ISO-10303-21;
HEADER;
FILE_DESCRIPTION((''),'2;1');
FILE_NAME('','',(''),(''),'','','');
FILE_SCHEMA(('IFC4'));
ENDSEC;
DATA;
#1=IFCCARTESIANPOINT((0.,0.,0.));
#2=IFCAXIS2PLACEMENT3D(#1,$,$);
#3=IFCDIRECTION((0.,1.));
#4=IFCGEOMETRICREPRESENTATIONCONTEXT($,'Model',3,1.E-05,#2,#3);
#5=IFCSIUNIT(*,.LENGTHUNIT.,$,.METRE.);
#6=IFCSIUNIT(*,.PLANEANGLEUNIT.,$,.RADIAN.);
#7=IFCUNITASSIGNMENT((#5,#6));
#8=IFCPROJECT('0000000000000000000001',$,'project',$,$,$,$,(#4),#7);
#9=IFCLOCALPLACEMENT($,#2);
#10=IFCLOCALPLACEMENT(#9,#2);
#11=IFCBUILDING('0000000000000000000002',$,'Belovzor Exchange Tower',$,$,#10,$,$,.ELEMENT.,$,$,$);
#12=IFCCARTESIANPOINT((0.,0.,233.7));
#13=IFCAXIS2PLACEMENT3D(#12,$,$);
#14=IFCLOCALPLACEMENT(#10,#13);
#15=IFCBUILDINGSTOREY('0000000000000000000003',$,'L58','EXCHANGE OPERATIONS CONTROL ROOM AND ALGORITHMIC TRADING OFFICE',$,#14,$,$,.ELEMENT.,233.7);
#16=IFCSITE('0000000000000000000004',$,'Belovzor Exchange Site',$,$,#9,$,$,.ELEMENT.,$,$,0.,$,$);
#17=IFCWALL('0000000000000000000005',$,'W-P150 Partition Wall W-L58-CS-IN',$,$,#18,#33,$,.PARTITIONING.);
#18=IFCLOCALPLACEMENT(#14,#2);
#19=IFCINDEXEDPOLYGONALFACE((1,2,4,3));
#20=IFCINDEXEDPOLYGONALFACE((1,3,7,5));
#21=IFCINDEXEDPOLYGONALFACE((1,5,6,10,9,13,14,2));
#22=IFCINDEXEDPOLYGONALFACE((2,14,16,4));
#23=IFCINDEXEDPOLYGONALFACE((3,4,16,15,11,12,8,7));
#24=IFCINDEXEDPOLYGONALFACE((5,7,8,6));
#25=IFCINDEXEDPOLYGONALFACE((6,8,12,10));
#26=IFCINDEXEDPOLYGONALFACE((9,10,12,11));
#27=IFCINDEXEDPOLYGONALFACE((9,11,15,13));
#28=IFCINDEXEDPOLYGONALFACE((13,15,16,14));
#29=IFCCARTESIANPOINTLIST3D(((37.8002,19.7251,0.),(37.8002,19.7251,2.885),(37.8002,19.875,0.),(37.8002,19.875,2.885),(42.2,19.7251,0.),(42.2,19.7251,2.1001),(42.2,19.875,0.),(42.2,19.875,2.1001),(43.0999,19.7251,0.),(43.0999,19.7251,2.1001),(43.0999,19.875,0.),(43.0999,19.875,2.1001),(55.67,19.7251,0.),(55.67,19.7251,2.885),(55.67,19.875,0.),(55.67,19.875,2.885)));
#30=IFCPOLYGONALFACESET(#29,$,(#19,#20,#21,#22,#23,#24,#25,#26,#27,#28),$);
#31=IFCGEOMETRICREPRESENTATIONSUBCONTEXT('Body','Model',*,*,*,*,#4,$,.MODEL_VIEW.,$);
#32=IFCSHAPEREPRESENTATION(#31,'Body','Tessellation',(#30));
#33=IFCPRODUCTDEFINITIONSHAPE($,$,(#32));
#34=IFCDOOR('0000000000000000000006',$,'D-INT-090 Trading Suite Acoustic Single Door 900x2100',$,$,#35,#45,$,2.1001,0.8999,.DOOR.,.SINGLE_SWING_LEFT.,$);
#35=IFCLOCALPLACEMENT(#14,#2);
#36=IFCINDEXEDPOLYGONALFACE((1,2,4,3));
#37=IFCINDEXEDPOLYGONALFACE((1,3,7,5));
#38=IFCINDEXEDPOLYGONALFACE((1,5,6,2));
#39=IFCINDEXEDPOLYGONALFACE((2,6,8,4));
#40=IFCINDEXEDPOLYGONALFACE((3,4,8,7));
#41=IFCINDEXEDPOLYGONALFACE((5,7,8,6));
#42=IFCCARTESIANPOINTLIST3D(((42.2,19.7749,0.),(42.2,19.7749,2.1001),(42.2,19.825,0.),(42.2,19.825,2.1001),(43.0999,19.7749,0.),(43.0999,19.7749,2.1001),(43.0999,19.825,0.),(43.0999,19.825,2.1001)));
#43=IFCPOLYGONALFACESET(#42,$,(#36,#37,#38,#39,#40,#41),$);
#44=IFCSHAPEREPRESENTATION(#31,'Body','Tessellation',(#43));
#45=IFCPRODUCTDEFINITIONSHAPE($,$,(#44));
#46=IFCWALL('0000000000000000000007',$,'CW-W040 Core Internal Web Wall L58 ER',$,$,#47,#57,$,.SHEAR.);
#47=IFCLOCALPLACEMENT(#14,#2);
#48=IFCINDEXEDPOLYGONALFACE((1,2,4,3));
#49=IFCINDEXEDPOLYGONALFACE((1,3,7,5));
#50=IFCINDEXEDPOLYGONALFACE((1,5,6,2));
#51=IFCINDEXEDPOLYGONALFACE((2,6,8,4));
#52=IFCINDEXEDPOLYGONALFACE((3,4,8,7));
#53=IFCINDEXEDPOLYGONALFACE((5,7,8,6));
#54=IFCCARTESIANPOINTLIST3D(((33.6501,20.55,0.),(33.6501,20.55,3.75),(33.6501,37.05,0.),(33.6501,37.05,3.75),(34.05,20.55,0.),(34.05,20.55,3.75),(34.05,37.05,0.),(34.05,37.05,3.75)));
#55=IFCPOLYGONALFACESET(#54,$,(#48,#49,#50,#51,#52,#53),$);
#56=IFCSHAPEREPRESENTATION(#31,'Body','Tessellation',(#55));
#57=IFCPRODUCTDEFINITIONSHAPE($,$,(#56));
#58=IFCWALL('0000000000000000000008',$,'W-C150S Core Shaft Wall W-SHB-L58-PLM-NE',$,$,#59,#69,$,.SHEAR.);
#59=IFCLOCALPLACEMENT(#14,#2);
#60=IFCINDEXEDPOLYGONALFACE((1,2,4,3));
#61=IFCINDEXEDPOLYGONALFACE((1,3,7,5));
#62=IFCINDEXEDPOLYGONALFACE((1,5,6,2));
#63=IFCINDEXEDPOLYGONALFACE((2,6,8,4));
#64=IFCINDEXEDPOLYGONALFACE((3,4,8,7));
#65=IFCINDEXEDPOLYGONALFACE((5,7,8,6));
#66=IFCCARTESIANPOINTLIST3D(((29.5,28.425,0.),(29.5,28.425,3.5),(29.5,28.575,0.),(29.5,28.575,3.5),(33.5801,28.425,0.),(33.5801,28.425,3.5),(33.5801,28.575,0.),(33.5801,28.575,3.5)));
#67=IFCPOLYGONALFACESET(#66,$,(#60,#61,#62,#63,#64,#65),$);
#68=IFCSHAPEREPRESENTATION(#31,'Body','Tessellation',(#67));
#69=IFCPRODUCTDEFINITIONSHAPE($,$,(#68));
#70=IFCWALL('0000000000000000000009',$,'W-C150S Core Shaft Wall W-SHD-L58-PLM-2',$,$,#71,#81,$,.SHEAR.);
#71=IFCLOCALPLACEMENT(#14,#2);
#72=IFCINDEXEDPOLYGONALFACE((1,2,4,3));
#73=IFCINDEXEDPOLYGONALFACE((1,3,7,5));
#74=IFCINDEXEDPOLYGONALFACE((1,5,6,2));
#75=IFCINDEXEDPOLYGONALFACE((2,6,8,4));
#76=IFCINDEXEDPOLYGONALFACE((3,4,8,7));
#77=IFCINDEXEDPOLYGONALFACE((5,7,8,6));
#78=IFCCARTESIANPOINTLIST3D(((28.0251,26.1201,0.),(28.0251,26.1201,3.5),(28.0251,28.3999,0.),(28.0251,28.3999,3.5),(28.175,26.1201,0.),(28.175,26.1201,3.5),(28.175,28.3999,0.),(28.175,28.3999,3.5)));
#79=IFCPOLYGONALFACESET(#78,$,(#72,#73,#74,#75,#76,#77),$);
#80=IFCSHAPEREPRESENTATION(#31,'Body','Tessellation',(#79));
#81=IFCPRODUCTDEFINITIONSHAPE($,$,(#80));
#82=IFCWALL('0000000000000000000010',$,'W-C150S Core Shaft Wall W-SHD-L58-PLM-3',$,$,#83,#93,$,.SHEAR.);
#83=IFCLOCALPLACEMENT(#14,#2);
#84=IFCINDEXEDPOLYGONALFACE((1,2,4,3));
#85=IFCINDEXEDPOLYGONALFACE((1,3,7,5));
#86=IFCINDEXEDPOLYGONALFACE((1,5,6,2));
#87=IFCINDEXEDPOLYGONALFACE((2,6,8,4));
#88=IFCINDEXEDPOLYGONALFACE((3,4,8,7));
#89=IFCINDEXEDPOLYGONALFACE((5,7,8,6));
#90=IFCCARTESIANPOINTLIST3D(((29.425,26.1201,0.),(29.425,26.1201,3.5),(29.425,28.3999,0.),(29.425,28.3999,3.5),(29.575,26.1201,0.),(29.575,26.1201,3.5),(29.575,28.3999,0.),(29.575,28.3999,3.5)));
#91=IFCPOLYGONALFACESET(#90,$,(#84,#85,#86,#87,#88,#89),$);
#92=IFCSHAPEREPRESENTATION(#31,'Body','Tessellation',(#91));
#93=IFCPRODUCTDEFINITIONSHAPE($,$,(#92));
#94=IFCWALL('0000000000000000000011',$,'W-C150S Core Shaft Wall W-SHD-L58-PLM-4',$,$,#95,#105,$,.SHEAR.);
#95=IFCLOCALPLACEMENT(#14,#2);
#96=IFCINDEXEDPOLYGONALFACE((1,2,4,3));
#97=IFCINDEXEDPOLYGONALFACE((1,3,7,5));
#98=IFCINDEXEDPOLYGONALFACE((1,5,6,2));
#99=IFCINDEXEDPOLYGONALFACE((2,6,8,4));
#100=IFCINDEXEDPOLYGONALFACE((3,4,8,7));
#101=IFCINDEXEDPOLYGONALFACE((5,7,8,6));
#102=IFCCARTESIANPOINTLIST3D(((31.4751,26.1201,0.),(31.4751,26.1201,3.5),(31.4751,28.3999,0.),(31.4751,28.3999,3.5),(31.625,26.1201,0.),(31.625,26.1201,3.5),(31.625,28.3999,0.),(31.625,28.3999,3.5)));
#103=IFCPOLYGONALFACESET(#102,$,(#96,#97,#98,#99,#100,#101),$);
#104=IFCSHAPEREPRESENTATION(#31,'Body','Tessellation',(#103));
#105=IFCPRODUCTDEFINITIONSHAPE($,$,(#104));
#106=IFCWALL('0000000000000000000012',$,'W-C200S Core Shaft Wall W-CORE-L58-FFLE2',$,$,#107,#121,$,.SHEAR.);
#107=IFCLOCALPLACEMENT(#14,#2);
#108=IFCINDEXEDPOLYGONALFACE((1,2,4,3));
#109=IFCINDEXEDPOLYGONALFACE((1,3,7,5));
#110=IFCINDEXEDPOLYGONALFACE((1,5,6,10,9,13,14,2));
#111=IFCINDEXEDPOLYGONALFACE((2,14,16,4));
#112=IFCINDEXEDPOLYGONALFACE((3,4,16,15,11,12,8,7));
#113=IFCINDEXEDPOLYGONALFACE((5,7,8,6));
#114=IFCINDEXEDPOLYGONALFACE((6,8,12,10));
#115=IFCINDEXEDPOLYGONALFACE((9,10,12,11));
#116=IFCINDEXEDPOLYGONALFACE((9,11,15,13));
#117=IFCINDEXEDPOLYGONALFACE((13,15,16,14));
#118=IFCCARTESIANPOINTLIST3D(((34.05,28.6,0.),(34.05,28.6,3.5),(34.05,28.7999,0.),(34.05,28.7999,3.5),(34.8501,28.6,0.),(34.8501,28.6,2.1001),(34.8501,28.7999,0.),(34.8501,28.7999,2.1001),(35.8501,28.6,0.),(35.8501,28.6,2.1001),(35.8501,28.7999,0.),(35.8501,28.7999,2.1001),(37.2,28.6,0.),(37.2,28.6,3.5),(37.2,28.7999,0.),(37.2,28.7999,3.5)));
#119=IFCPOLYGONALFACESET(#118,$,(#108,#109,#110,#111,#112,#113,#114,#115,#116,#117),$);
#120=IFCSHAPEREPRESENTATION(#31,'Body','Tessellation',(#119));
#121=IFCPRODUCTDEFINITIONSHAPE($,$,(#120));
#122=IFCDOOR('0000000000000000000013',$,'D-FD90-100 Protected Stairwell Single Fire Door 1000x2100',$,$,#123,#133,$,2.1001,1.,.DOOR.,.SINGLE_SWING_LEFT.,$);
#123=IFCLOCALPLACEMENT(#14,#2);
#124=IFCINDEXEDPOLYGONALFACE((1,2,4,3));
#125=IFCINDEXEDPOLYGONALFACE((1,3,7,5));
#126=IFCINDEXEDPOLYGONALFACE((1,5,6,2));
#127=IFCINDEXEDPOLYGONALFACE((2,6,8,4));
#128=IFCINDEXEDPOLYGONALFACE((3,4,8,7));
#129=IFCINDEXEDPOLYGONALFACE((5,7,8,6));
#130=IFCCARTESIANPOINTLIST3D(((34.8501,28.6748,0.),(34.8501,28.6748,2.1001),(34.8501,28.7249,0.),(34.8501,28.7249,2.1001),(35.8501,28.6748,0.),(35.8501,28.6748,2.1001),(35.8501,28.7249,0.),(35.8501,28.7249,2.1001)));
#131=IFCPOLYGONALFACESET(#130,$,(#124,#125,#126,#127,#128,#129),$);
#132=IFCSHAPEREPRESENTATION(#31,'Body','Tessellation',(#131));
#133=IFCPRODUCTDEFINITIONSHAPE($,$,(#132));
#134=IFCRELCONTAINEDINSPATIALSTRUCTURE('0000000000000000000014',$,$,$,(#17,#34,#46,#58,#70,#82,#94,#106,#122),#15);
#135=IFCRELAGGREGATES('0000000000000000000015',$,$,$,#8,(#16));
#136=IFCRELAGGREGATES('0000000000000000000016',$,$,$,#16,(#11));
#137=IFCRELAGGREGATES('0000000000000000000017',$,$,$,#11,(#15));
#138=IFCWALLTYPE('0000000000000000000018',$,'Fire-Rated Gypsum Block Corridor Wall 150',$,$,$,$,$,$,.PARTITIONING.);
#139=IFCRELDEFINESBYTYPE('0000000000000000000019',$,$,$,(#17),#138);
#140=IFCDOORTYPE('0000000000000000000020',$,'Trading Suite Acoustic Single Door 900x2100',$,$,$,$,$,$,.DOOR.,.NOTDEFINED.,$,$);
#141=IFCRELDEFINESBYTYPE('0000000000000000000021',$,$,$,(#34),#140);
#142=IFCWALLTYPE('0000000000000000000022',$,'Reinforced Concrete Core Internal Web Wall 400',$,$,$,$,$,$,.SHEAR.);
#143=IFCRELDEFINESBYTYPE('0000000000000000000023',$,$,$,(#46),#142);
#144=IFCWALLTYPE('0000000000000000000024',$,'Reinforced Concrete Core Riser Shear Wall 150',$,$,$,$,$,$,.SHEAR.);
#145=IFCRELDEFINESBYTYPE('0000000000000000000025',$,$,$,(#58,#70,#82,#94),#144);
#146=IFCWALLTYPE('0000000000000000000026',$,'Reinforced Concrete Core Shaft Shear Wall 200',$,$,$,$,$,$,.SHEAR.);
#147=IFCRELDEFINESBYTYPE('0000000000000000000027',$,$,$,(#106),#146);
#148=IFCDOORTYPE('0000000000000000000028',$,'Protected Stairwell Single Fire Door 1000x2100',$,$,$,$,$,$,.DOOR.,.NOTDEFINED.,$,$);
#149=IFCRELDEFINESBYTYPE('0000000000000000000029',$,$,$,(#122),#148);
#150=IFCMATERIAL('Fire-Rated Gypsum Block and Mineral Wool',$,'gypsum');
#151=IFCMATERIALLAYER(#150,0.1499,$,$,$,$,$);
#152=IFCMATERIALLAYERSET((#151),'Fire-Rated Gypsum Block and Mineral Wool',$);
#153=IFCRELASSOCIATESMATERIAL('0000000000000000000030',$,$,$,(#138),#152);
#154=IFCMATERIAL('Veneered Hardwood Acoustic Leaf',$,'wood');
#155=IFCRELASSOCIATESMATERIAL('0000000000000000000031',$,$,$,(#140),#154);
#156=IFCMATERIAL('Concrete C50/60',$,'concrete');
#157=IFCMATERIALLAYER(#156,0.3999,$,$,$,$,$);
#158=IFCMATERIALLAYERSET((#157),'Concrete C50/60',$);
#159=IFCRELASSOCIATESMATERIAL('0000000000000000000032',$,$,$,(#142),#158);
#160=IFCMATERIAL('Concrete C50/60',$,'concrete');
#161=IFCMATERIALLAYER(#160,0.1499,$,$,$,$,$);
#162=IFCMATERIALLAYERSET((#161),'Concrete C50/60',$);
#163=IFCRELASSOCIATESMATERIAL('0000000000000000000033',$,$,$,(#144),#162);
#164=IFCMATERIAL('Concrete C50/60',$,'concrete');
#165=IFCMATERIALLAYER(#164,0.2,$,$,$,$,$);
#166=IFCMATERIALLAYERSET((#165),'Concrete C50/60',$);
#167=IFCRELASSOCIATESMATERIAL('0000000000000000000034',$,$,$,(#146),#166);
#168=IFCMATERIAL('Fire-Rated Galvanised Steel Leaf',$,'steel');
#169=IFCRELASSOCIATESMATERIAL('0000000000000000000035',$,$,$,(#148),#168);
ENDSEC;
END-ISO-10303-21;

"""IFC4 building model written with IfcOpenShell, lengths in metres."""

from ifc_helpers import new_model, si_unit, direction, frame, frame_2d, origin, place, context, subcontext, project, spatial, rectangle, extrude, material, layer, layer_set, type_object, element, fill, save


model = new_model("IFC4")

# Units and contexts
model_context = context("Model", 3, precision=1e-05, world=origin(), true_north=direction((0.0, 1.0)))
body_context = subcontext(model_context, "Body", "Model", "MODEL_VIEW")
ifc_project = project(units=[si_unit("LENGTHUNIT", "METRE"), si_unit("PLANEANGLEUNIT", "RADIAN")], contexts=[model_context])

# Site, building, storey
site_placement = place(None, origin())
site = spatial("IfcSite", under=ifc_project, at=site_placement, Name="Belovzor Exchange Site", CompositionType="ELEMENT", RefElevation=0.0)
building_placement = place(site_placement, origin())
building = spatial("IfcBuilding", under=site, at=building_placement, Name="Belovzor Exchange Tower", CompositionType="ELEMENT")
storey_placement = place(building_placement, frame((0.0, 0.0, 233.7)))
storey = spatial("IfcBuildingStorey", under=building, at=storey_placement, Name="L58", Description="EXCHANGE OPERATIONS CONTROL ROOM AND ALGORITHMIC TRADING OFFICE", CompositionType="ELEMENT", Elevation=233.7)

# Shared definitions
ifc_material_1 = material(Name="Fire-Rated Gypsum Block and Mineral Wool", Category="gypsum")
ifc_layer_1 = layer(ifc_material_1, 0.1499)
ifc_layer_set_1 = layer_set([ifc_layer_1], Name="Fire-Rated Gypsum Block and Mineral Wool")
wall_type_1 = type_object("IfcWallType", Name="Fire-Rated Gypsum Block Corridor Wall 150", PredefinedType="PARTITIONING", material=ifc_layer_set_1)

# Wall, opening, door
wall_1_placement = place(storey_placement, frame((37.8, 19.8, 0.0), z_axis=(0.0, 0.0, 1.0), x_axis=(1.0, 0.0, 0.0)))
wall_1 = element("IfcWall", 1, at=wall_1_placement, inside=storey, type_object=wall_type_1, Name="W-P150 Partition Wall W-L58-CS-IN", PredefinedType="PARTITIONING", context=body_context, shape_type="SweptSolid", body=[
    extrude(rectangle(XDim=17.8699, YDim=0.1499, at=frame_2d((8.9351, 0.0))), origin(), (0.0, 0.0, 1.0), 2.885),
])
opening_1_placement = place(wall_1_placement, frame((4.3999, 0.0, 0.0)))
opening_1 = element("IfcOpeningElement", 2, at=opening_1_placement, cuts=wall_1, PredefinedType="OPENING", context=body_context, shape_type="SweptSolid", body=[
    extrude(rectangle(XDim=0.8999, YDim=2.1001, at=frame_2d((0.45, 1.05))), frame((0.0, 0.085, 0.0), z_axis=(0.0, -1.0, 0.0), x_axis=(1.0, 0.0, 0.0)), (0.0, 0.0, 1.0), 0.1699),
])
ifc_material_2 = material(Name="Veneered Hardwood Acoustic Leaf", Category="wood")
door_type_1 = type_object("IfcDoorType", Name="Trading Suite Acoustic Single Door 900x2100", OperationType="NOTDEFINED", PredefinedType="DOOR", material=ifc_material_2)
door_1_placement = place(opening_1_placement, origin())
door_1 = element("IfcDoor", 3, at=door_1_placement, inside=storey, type_object=door_type_1, Name="D-INT-090 Trading Suite Acoustic Single Door 900x2100", OperationType="SINGLE_SWING_LEFT", OverallHeight=2.1001, OverallWidth=0.8999, PredefinedType="DOOR", context=body_context, shape_type="SweptSolid", body=[
    extrude(rectangle(XDim=0.8999, YDim=2.1001, at=frame_2d((0.45, 1.05))), frame((0.0, 0.0249, 0.0), z_axis=(0.0, -1.0, 0.0), x_axis=(1.0, 0.0, 0.0)), (0.0, 0.0, 1.0), 0.05),
])
fill(opening_1, door_1)

# Walls
ifc_material_3 = material(Name="Concrete C50/60", Category="concrete")
ifc_layer_2 = layer(ifc_material_3, 0.3999)
ifc_layer_set_2 = layer_set([ifc_layer_2], Name="Concrete C50/60")
wall_type_2 = type_object("IfcWallType", Name="Reinforced Concrete Core Internal Web Wall 400", PredefinedType="SHEAR", material=ifc_layer_set_2)
wall_2_placement = place(storey_placement, frame((33.8501, 20.55, 0.0), z_axis=(0.0, 0.0, 1.0), x_axis=(0.0, 1.0, 0.0)))
element("IfcWall", 4, at=wall_2_placement, inside=storey, type_object=wall_type_2, Name="CW-W040 Core Internal Web Wall L58 ER", PredefinedType="SHEAR", context=body_context, shape_type="SweptSolid", body=[
    extrude(rectangle(XDim=16.5, YDim=0.3999, at=frame_2d((8.25, 0.0))), origin(), (0.0, 0.0, 1.0), 3.75),
])
ifc_material_4 = material(Name="Concrete C50/60", Category="concrete")
ifc_layer_3 = layer(ifc_material_4, 0.1499)
ifc_layer_set_3 = layer_set([ifc_layer_3], Name="Concrete C50/60")
wall_type_3 = type_object("IfcWallType", Name="Reinforced Concrete Core Riser Shear Wall 150", PredefinedType="SHEAR", material=ifc_layer_set_3)
wall_3_placement = place(storey_placement, frame((29.5, 28.5, 0.0), z_axis=(0.0, 0.0, 1.0), x_axis=(1.0, 0.0, 0.0)))
element("IfcWall", 5, at=wall_3_placement, inside=storey, type_object=wall_type_3, Name="W-C150S Core Shaft Wall W-SHB-L58-PLM-NE", PredefinedType="SHEAR", context=body_context, shape_type="SweptSolid", body=[
    extrude(rectangle(XDim=4.0801, YDim=0.1499, at=frame_2d((2.04, 0.0))), origin(), (0.0, 0.0, 1.0), 3.5),
])
for number, where, z_axis, x_axis, name in (
    (6, (28.1001, 26.1201, 0.0), (0.0, 0.0, 1.0), (0.0, 1.0, 0.0), "W-C150S Core Shaft Wall W-SHD-L58-PLM-2"),
    (7, (29.5, 26.1201, 0.0), (0.0, 0.0, 1.0), (0.0, 1.0, 0.0), "W-C150S Core Shaft Wall W-SHD-L58-PLM-3"),
    (8, (31.55, 26.1201, 0.0), (0.0, 0.0, 1.0), (0.0, 1.0, 0.0), "W-C150S Core Shaft Wall W-SHD-L58-PLM-4"),
):
    element("IfcWall", number, at=place(storey_placement, frame(where, z_axis=z_axis, x_axis=x_axis)), inside=storey, type_object=wall_type_3, Name=name, PredefinedType="SHEAR", context=body_context, shape_type="SweptSolid", body=[
        extrude(rectangle(XDim=2.2798, YDim=0.1499, at=frame_2d((1.1399, 0.0))), origin(), (0.0, 0.0, 1.0), 3.5),
    ])

# Wall, opening, door
ifc_material_5 = material(Name="Concrete C50/60", Category="concrete")
ifc_layer_4 = layer(ifc_material_5, 0.2)
ifc_layer_set_4 = layer_set([ifc_layer_4], Name="Concrete C50/60")
wall_type_4 = type_object("IfcWallType", Name="Reinforced Concrete Core Shaft Shear Wall 200", PredefinedType="SHEAR", material=ifc_layer_set_4)
wall_4_placement = place(storey_placement, frame((34.05, 28.7, 0.0), z_axis=(0.0, 0.0, 1.0), x_axis=(1.0, 0.0, 0.0)))
wall_4 = element("IfcWall", 9, at=wall_4_placement, inside=storey, type_object=wall_type_4, Name="W-C200S Core Shaft Wall W-CORE-L58-FFLE2", PredefinedType="SHEAR", context=body_context, shape_type="SweptSolid", body=[
    extrude(rectangle(XDim=3.1499, YDim=0.2, at=frame_2d((1.575, 0.0))), origin(), (0.0, 0.0, 1.0), 3.5),
])
opening_2_placement = place(wall_4_placement, frame((0.8, 0.0, 0.0)))
opening_2 = element("IfcOpeningElement", 10, at=opening_2_placement, cuts=wall_4, PredefinedType="OPENING", context=body_context, shape_type="SweptSolid", body=[
    extrude(rectangle(XDim=1.0, YDim=2.1001, at=frame_2d((0.5, 1.05))), frame((0.0, 0.1099, 0.0), z_axis=(0.0, -1.0, 0.0), x_axis=(1.0, 0.0, 0.0)), (0.0, 0.0, 1.0), 0.22),
])
ifc_material_6 = material(Name="Fire-Rated Galvanised Steel Leaf", Category="steel")
door_type_2 = type_object("IfcDoorType", Name="Protected Stairwell Single Fire Door 1000x2100", OperationType="NOTDEFINED", PredefinedType="DOOR", material=ifc_material_6)
door_2_placement = place(opening_2_placement, origin())
door_2 = element("IfcDoor", 11, at=door_2_placement, inside=storey, type_object=door_type_2, Name="D-FD90-100 Protected Stairwell Single Fire Door 1000x2100", OperationType="SINGLE_SWING_LEFT", OverallHeight=2.1001, OverallWidth=1.0, PredefinedType="DOOR", context=body_context, shape_type="SweptSolid", body=[
    extrude(rectangle(XDim=1.0, YDim=2.1001, at=frame_2d((0.5, 1.05))), frame((0.0, 0.0249, 0.0), z_axis=(0.0, -1.0, 0.0), x_axis=(1.0, 0.0, 0.0)), (0.0, 0.0, 1.0), 0.05),
])
fill(opening_2, door_2)

save(model, "model.ifc")
